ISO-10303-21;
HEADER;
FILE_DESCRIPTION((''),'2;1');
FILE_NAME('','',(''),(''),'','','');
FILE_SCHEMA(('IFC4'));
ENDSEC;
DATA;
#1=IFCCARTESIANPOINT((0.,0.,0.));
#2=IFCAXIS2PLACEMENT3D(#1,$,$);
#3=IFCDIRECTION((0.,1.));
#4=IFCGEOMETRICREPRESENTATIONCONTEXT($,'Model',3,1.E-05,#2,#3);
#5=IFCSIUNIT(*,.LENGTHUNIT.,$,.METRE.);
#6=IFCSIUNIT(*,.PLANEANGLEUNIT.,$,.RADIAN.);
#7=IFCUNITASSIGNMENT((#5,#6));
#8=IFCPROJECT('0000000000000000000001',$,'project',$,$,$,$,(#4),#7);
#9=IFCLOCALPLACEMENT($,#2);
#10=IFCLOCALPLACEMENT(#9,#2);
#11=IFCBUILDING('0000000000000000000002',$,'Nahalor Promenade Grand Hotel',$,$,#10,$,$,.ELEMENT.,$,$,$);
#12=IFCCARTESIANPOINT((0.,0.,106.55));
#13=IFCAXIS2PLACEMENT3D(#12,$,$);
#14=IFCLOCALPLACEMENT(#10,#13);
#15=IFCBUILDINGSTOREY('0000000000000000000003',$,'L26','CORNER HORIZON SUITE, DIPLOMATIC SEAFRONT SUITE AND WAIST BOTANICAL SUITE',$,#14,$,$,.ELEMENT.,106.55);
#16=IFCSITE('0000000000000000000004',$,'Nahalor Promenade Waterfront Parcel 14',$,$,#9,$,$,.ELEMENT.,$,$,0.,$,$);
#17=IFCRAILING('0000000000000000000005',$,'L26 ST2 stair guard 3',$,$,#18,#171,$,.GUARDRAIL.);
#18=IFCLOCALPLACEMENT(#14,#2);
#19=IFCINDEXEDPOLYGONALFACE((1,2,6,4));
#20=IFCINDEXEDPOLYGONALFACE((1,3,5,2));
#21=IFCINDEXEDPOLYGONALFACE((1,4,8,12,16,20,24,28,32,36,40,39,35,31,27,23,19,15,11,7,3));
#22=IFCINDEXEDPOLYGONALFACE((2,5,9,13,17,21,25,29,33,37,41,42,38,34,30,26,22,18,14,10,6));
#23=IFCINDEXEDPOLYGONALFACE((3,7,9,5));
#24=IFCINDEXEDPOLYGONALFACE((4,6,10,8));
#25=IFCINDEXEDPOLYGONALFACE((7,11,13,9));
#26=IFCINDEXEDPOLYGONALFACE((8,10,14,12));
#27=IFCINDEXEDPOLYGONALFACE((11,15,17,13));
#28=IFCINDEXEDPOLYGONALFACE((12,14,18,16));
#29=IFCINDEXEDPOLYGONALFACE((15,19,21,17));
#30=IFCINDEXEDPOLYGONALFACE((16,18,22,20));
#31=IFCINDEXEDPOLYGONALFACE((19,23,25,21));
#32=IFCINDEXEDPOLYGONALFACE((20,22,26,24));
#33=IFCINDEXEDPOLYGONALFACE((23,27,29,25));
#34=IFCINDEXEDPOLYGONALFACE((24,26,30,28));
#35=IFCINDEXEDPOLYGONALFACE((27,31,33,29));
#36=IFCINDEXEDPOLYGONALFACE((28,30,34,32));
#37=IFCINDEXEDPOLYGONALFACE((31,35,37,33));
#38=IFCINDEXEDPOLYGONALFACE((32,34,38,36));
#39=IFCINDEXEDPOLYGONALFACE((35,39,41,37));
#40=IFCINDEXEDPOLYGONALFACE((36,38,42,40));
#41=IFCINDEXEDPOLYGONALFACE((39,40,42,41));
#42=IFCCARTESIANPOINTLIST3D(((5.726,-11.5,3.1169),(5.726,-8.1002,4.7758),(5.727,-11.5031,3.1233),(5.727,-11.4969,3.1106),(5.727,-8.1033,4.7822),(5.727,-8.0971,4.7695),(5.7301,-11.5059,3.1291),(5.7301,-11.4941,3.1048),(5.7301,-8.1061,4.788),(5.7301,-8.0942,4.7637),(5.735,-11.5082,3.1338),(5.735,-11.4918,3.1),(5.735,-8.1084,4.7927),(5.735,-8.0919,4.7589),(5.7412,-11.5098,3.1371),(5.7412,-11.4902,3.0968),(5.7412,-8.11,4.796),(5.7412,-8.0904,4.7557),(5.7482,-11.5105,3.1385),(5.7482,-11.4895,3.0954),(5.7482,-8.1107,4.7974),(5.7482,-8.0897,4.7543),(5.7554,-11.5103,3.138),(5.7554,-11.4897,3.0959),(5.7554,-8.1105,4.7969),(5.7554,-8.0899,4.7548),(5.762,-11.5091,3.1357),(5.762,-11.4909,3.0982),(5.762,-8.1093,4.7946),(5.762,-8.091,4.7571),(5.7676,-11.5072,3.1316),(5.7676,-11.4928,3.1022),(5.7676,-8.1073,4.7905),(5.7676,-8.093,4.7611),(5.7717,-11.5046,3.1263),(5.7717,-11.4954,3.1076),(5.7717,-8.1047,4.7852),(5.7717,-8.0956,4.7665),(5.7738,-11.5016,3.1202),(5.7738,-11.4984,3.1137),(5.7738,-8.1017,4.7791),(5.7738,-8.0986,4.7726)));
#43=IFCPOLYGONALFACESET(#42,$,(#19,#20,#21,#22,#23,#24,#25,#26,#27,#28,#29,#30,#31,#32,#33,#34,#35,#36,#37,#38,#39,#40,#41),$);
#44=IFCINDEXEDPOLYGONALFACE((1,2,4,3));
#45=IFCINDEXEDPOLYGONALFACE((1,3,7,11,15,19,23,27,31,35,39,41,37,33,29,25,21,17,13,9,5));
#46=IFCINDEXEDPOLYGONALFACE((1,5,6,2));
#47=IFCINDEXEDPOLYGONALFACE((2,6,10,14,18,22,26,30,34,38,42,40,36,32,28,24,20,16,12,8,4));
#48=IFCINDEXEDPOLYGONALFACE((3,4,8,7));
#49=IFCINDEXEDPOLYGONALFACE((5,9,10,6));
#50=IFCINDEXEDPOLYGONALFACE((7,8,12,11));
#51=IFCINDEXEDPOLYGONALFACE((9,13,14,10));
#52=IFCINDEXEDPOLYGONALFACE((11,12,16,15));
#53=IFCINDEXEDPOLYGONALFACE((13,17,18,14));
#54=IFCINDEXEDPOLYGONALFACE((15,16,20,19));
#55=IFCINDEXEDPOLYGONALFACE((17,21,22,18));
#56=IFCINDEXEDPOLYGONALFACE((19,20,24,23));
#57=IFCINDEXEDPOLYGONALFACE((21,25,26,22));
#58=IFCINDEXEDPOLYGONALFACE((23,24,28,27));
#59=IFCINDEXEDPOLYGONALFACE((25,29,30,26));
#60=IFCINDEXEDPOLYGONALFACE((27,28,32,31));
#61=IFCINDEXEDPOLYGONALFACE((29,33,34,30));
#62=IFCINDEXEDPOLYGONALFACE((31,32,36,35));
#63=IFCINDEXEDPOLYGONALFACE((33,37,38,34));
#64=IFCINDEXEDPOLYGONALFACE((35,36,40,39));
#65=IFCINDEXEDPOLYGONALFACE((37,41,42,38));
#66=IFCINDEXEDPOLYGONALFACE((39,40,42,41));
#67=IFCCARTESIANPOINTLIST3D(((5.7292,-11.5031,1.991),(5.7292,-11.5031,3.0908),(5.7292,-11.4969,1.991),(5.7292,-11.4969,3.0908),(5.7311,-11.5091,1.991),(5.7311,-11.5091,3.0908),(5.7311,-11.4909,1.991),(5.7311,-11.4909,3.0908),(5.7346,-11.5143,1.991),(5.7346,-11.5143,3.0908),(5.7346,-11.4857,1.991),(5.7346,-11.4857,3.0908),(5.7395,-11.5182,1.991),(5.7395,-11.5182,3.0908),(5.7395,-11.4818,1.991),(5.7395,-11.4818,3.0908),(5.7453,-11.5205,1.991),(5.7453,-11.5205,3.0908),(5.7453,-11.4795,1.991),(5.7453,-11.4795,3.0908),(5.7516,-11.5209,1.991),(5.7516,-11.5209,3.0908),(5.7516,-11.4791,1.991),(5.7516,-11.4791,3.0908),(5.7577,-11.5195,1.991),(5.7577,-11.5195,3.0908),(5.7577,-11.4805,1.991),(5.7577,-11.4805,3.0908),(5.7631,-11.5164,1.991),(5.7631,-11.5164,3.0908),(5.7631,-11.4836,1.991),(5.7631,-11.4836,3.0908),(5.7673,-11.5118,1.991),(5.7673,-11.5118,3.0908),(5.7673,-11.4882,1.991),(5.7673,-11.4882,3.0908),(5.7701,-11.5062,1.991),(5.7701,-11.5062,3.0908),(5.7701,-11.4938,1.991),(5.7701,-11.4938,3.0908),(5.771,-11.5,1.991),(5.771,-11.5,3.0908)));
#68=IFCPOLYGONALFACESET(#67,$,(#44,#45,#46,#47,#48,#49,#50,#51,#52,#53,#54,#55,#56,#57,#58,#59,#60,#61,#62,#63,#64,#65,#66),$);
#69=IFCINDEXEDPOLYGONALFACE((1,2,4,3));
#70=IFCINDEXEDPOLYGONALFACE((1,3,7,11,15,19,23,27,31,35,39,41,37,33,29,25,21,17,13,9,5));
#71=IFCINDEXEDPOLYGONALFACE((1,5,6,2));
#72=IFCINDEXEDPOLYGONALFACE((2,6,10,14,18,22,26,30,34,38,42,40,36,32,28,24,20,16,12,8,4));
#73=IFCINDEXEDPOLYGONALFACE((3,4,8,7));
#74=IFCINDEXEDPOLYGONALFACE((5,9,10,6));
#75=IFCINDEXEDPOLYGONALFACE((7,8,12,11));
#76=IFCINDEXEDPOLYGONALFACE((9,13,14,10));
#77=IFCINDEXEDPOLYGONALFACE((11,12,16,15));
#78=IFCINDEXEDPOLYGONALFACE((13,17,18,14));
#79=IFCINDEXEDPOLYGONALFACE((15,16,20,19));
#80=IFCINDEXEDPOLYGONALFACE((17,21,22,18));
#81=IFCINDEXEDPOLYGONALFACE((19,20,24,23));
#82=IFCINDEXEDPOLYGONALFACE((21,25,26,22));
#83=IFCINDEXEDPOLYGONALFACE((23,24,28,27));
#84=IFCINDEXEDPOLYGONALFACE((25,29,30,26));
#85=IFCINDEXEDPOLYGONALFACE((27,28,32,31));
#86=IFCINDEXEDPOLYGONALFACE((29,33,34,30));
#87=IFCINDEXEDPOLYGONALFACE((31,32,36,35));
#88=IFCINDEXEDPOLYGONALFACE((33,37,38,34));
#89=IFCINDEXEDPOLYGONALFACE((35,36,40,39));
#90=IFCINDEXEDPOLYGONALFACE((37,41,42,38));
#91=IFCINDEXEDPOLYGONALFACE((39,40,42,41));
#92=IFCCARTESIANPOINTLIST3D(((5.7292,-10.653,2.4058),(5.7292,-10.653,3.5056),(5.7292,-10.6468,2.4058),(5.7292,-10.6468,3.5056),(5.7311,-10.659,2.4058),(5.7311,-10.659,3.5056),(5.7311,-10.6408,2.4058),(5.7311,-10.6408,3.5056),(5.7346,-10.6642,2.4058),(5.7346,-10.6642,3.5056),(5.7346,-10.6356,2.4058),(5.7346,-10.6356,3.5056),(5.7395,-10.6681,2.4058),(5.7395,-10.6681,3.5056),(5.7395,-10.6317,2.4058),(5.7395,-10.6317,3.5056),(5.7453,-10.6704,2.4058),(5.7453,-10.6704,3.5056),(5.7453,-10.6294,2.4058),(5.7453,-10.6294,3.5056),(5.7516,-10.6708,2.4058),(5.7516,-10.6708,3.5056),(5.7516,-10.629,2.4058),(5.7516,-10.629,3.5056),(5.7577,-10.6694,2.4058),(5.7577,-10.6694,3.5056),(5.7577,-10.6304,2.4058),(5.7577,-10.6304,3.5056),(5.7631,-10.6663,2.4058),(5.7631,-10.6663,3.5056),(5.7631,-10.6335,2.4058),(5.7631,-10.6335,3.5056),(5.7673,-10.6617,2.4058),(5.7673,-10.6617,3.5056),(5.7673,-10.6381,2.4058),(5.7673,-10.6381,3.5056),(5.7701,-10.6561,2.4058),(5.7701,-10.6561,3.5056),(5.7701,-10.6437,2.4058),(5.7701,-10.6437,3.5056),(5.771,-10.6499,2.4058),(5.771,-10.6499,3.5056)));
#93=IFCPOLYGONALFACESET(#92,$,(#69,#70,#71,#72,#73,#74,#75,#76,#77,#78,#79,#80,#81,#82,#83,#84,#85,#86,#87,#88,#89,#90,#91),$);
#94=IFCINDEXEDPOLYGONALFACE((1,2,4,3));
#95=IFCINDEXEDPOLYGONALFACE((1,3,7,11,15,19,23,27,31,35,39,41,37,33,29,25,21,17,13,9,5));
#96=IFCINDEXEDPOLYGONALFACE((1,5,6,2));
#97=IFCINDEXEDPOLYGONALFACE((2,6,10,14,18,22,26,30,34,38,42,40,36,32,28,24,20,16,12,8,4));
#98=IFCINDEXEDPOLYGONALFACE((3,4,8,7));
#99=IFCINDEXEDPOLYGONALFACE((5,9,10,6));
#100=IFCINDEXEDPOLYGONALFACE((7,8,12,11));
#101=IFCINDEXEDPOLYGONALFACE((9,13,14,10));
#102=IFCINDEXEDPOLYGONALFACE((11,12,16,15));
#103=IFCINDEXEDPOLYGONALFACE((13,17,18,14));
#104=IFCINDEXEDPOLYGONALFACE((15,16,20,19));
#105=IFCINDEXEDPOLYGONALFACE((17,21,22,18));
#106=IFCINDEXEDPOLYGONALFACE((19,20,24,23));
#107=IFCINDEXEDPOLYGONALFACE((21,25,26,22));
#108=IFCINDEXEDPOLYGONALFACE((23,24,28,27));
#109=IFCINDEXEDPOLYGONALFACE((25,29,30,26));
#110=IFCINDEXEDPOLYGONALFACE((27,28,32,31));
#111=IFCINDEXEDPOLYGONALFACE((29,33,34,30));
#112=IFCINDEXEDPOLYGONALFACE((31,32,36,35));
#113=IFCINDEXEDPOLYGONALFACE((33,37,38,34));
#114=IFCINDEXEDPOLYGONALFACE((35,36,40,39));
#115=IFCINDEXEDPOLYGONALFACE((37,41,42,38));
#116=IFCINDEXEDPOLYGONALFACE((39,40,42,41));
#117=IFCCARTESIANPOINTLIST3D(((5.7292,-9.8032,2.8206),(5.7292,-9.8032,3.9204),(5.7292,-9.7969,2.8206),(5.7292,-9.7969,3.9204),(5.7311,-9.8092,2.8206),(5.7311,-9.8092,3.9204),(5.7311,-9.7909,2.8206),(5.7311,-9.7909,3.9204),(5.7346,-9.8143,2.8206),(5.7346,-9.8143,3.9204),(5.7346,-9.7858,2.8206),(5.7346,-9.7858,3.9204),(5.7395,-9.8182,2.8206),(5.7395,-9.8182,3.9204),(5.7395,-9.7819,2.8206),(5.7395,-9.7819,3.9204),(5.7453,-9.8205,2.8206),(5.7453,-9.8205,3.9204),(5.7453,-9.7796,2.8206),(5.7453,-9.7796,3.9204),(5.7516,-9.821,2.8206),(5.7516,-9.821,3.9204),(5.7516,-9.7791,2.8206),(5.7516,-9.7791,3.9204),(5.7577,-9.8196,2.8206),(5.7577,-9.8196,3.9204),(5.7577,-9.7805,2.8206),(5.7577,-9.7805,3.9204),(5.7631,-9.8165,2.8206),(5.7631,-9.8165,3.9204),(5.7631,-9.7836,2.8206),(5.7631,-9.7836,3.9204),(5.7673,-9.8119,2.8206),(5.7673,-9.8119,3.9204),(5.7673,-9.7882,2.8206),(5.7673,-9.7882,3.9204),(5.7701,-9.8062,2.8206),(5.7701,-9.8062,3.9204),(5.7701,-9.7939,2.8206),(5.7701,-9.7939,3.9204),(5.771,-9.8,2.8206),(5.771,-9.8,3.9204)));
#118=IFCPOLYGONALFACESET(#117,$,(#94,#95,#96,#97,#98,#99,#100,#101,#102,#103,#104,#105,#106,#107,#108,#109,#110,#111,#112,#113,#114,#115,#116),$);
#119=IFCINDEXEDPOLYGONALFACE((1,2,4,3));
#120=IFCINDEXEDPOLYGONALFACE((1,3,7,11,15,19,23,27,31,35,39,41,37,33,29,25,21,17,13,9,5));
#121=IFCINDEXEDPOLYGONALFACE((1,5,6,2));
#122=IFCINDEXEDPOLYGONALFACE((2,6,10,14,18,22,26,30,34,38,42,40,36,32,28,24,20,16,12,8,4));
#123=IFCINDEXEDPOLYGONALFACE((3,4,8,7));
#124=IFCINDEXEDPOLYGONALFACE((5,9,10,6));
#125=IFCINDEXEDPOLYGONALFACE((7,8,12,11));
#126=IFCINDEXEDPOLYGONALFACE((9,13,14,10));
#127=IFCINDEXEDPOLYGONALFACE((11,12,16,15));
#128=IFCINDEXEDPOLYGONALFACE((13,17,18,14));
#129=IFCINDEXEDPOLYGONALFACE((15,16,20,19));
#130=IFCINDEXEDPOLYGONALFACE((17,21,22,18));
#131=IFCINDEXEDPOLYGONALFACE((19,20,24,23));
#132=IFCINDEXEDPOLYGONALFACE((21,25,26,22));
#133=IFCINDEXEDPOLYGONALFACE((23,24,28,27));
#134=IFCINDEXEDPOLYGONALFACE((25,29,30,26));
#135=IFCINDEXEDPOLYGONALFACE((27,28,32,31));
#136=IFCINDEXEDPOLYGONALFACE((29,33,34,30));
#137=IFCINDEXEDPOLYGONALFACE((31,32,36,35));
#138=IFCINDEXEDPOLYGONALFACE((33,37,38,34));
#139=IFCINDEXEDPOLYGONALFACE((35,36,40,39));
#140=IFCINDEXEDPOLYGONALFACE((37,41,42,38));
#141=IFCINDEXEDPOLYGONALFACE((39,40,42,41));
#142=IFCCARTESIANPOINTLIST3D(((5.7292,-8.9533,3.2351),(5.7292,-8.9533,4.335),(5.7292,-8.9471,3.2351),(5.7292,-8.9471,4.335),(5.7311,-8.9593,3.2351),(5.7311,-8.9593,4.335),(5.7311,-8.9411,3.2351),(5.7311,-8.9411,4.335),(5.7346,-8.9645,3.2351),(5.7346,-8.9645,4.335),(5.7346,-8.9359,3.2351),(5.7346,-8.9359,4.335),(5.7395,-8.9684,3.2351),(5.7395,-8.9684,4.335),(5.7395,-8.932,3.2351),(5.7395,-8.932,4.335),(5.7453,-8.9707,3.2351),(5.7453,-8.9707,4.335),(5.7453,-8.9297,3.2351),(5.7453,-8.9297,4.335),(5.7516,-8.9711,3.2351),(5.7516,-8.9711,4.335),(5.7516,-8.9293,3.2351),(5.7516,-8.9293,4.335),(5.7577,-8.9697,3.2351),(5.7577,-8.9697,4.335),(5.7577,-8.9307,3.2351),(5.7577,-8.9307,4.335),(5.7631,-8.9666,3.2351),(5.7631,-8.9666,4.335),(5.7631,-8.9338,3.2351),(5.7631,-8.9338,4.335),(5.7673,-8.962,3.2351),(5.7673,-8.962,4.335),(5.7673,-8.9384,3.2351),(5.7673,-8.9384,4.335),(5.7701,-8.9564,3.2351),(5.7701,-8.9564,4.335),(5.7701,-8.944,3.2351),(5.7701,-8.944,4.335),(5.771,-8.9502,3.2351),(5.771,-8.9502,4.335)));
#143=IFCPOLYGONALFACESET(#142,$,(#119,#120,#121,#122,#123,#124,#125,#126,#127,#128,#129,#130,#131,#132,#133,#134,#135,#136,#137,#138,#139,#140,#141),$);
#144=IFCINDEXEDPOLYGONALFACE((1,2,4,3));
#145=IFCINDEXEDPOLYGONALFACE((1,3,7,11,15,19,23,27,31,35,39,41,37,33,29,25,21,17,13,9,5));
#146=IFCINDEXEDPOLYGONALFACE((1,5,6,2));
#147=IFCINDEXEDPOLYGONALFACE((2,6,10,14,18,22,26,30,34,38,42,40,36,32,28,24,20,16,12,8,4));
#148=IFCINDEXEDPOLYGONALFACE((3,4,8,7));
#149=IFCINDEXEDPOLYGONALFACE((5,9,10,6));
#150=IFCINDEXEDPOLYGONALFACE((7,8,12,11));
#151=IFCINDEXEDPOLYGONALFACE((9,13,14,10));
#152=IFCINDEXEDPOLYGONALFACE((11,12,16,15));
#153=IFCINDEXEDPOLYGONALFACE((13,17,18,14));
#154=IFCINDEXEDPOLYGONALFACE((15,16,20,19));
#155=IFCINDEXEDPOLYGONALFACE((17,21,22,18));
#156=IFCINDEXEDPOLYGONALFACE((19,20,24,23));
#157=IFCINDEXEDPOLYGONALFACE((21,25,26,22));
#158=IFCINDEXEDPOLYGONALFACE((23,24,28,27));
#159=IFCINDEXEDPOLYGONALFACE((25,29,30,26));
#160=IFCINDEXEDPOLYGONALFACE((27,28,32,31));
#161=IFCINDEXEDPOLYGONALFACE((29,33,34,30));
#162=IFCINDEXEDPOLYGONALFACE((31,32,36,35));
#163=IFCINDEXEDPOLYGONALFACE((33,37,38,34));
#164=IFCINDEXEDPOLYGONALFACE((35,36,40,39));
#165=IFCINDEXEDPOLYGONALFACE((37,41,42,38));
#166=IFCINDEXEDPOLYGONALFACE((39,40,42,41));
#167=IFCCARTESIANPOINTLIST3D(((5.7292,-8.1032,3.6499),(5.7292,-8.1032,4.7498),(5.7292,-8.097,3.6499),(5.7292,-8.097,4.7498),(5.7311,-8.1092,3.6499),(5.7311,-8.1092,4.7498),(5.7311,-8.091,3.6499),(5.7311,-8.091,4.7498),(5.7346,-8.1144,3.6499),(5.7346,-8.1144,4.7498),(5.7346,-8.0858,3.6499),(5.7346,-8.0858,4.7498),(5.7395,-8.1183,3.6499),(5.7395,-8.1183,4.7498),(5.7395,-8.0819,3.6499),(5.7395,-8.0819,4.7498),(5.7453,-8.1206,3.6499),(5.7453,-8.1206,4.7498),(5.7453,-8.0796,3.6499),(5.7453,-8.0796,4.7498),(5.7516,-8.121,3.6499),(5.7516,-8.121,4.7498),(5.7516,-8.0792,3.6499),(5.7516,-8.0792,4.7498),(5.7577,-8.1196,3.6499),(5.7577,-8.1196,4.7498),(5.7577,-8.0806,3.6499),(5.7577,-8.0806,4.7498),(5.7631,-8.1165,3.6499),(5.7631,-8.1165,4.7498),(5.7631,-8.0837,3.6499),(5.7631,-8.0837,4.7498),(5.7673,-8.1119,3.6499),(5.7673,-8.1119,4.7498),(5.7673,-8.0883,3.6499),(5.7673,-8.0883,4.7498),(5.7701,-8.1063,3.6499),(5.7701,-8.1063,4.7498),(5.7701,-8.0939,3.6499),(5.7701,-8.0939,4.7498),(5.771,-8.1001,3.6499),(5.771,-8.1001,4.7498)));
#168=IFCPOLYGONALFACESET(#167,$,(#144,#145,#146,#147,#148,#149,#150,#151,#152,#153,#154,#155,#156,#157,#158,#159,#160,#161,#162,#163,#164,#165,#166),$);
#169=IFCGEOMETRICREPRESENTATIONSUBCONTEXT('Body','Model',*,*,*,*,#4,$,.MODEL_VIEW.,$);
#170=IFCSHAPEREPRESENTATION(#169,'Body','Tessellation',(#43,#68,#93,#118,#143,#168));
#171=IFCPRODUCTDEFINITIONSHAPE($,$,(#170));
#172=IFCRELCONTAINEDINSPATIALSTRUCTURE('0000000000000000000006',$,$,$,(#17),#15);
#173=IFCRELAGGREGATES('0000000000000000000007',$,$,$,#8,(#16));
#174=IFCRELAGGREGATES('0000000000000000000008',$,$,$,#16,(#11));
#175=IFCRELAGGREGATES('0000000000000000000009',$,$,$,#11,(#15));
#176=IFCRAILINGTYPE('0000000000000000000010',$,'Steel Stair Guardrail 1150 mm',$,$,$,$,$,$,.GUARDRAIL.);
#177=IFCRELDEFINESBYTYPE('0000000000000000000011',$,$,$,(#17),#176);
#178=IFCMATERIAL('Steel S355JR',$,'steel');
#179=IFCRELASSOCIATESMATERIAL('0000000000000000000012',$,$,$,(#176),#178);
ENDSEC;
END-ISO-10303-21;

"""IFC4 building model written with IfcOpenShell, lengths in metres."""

from ifc_helpers import new_model, si_unit, direction, frame, origin, origin_2d, place, context, subcontext, project, spatial, circle, extrude, material, type_object, element, save


model = new_model("IFC4")

# Units and contexts
model_context = context("Model", 3, precision=1e-05, world=origin(), true_north=direction((0.0, 1.0)))
body_context = subcontext(model_context, "Body", "Model", "MODEL_VIEW")
ifc_project = project(units=[si_unit("LENGTHUNIT", "METRE"), si_unit("PLANEANGLEUNIT", "RADIAN")], contexts=[model_context])

# Site, building, storey
site_placement = place(None, origin())
site = spatial("IfcSite", under=ifc_project, at=site_placement, Name="Nahalor Promenade Waterfront Parcel 14", CompositionType="ELEMENT", RefElevation=0.0)
building_placement = place(site_placement, origin())
building = spatial("IfcBuilding", under=site, at=building_placement, Name="Nahalor Promenade Grand Hotel", CompositionType="ELEMENT")
storey_placement = place(building_placement, frame((0.0, 0.0, 106.55)))
storey = spatial("IfcBuildingStorey", under=building, at=storey_placement, Name="L26", Description="CORNER HORIZON SUITE, DIPLOMATIC SEAFRONT SUITE AND WAIST BOTANICAL SUITE", CompositionType="ELEMENT", Elevation=106.55)

# Shared definitions
ifc_material_1 = material(Name="Steel S355JR", Category="steel")

# Railing
railing_type_1 = type_object("IfcRailingType", Name="Steel Stair Guardrail 1150 mm", PredefinedType="GUARDRAIL", material=ifc_material_1)
railing_1_placement = place(storey_placement, frame((5.75, -11.5, 1.991)))
element("IfcRailing", 1, at=railing_1_placement, inside=storey, type_object=railing_type_1, Name="L26 ST2 stair guard 3", PredefinedType="GUARDRAIL", context=body_context, shape_type="SweptSolid", body=[
    extrude(circle(Radius=0.024, at=origin_2d()), frame((0.0, 0.0, 1.126), z_axis=(0.0, 0.898722, 0.438519), x_axis=(-1.0, 0.0, 0.0)), (0.0, 0.0, 1.0), 3.783),
    extrude(circle(Radius=0.021, at=origin_2d()), origin(), (0.0, 0.0, 1.0), 1.0999),
    extrude(circle(Radius=0.021, at=origin_2d()), frame((0.0, 0.8501, 0.4148)), (0.0, 0.0, 1.0), 1.0999),
    extrude(circle(Radius=0.021, at=origin_2d()), frame((0.0, 1.7, 0.8296)), (0.0, 0.0, 1.0), 1.0999),
    extrude(circle(Radius=0.021, at=origin_2d()), frame((0.0, 2.5498, 1.2441)), (0.0, 0.0, 1.0), 1.0999),
    extrude(circle(Radius=0.021, at=origin_2d()), frame((0.0, 3.3999, 1.6589)), (0.0, 0.0, 1.0), 1.0999),
])

save(model, "model.ifc")
